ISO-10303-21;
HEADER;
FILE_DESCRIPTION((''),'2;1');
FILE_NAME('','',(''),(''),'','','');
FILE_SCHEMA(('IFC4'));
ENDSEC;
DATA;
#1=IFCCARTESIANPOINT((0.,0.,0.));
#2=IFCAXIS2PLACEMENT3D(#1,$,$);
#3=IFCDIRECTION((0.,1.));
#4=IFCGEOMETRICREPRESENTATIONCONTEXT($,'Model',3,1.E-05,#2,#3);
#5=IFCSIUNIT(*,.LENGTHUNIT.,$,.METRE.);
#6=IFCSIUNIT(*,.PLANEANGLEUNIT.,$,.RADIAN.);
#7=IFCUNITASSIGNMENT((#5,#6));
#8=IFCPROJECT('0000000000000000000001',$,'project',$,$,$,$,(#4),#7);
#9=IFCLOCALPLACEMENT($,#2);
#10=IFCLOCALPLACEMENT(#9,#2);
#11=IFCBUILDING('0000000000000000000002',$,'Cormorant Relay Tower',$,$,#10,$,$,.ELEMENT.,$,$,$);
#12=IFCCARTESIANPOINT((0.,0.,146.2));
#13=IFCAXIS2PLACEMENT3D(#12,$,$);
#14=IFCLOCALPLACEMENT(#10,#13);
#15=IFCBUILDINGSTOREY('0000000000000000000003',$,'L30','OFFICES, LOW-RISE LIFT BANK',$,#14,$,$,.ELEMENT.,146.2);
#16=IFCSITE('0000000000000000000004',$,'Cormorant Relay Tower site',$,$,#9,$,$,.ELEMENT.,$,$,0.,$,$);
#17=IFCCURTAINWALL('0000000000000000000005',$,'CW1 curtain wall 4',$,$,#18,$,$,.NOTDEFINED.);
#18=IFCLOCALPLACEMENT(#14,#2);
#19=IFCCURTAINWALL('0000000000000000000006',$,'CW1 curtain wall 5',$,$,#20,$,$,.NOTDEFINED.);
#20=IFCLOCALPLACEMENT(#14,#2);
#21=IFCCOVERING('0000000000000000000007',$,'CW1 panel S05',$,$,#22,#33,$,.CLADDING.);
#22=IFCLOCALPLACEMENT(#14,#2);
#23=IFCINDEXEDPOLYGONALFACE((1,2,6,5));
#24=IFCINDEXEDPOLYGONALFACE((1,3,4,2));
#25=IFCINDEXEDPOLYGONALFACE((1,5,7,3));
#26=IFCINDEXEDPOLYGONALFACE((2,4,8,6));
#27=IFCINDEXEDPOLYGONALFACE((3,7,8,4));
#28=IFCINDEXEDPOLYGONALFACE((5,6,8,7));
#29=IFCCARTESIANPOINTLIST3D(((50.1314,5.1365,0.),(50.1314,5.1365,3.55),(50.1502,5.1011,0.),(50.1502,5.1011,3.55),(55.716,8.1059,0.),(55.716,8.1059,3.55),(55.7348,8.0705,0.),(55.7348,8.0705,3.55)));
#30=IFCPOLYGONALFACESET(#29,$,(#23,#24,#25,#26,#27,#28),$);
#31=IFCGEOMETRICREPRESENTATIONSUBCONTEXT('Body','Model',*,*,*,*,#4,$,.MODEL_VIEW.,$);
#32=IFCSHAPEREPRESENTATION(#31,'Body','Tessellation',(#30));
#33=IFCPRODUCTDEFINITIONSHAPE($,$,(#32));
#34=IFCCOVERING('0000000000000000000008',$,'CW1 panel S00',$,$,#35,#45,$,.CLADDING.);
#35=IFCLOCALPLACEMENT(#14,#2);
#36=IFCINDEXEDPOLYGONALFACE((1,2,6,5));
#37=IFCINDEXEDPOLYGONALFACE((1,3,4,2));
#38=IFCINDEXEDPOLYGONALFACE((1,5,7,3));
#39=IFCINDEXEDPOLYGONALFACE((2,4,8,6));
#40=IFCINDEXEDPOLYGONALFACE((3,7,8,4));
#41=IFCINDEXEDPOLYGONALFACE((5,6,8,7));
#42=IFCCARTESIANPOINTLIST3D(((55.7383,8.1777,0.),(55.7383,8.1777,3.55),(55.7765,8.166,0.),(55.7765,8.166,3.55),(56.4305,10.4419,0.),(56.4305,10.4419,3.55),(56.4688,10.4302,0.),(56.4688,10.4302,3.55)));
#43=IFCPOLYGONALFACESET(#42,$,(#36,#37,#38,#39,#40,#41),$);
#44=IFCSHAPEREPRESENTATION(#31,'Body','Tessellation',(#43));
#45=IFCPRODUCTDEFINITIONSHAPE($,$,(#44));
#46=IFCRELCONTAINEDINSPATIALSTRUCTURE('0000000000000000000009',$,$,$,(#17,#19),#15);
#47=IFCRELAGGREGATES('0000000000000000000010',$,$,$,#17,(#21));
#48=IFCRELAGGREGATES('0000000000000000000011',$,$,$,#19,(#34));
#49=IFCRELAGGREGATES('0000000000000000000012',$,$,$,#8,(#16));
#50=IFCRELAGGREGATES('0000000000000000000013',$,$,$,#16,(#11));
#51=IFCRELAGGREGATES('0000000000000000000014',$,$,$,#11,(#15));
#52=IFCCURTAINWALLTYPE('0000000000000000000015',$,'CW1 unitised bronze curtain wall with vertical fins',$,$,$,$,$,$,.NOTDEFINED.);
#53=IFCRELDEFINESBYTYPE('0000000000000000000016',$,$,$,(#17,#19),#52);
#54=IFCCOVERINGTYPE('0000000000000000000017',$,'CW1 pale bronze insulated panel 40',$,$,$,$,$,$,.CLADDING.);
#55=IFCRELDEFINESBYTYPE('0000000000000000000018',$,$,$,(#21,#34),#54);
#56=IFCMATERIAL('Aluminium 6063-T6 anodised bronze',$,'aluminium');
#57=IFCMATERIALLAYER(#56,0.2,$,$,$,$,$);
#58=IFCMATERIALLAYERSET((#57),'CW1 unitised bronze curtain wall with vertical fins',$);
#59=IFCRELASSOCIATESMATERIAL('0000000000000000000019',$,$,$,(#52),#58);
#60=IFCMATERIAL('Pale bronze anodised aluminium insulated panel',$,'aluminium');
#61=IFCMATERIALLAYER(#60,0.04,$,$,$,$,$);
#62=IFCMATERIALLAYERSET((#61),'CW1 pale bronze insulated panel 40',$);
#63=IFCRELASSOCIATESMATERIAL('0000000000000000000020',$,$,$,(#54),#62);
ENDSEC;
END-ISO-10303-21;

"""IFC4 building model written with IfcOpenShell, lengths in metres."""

from ifc_helpers import new_model, si_unit, direction, frame, origin, origin_2d, place, context, subcontext, project, spatial, rectangle, extrude, material, layer, layer_set, type_object, element, aggregate, save


model = new_model("IFC4")

# Units and contexts
model_context = context("Model", 3, precision=1e-05, world=origin(), true_north=direction((0.0, 1.0)))
body_context = subcontext(model_context, "Body", "Model", "MODEL_VIEW")
ifc_project = project(units=[si_unit("LENGTHUNIT", "METRE"), si_unit("PLANEANGLEUNIT", "RADIAN")], contexts=[model_context])

# Site, building, storey
site_placement = place(None, origin())
site = spatial("IfcSite", under=ifc_project, at=site_placement, Name="Cormorant Relay Tower site", CompositionType="ELEMENT", RefElevation=0.0)
building_placement = place(site_placement, origin())
building = spatial("IfcBuilding", under=site, at=building_placement, Name="Cormorant Relay Tower", CompositionType="ELEMENT")
storey_placement = place(building_placement, frame((0.0, 0.0, 146.2)))
storey = spatial("IfcBuildingStorey", under=building, at=storey_placement, Name="L30", Description="OFFICES, LOW-RISE LIFT BANK", CompositionType="ELEMENT", Elevation=146.2)

# Shared definitions
ifc_material_1 = material(Name="Aluminium 6063-T6 anodised bronze", Category="aluminium")
ifc_layer_1 = layer(ifc_material_1, 0.2)
ifc_layer_set_1 = layer_set([ifc_layer_1], Name="CW1 unitised bronze curtain wall with vertical fins")
curtain_wall_type = type_object("IfcCurtainWallType", Name="CW1 unitised bronze curtain wall with vertical fins", PredefinedType="NOTDEFINED", material=ifc_layer_set_1)

# Curtain wall
curtain_wall_1_placement = place(storey_placement, origin())
curtain_wall_1 = element("IfcCurtainWall", 1, at=curtain_wall_1_placement, inside=storey, type_object=curtain_wall_type, Name="CW1 curtain wall 4", PredefinedType="NOTDEFINED")

# Curtain wall
curtain_wall_2_placement = place(storey_placement, origin())
curtain_wall_2 = element("IfcCurtainWall", 2, at=curtain_wall_2_placement, inside=storey, type_object=curtain_wall_type, Name="CW1 curtain wall 5", PredefinedType="NOTDEFINED")

# Coverings
ifc_material_2 = material(Name="Pale bronze anodised aluminium insulated panel", Category="aluminium")
ifc_layer_2 = layer(ifc_material_2, 0.04)
ifc_layer_set_2 = layer_set([ifc_layer_2], Name="CW1 pale bronze insulated panel 40")
covering_type = type_object("IfcCoveringType", Name="CW1 pale bronze insulated panel 40", PredefinedType="CLADDING", material=ifc_layer_set_2)
covering_1_placement = place(storey_placement, frame((52.9331, 6.6035, 0.0), z_axis=(0.0, 0.0, 1.0), x_axis=(0.882948, 0.469472, 0.0)))
covering_1 = element("IfcCovering", 3, at=covering_1_placement, type_object=covering_type, Name="CW1 panel S05", PredefinedType="CLADDING", context=body_context, shape_type="SweptSolid", body=[
    extrude(rectangle(XDim=6.325, YDim=0.04, at=origin_2d()), origin(), (0.0, 0.0, 1.0), 3.55),
])
aggregate(curtain_wall_1, [covering_1])
covering_2_placement = place(storey_placement, frame((56.1035, 9.304, 0.0), z_axis=(0.0, 0.0, 1.0), x_axis=(0.292372, 0.956305, 0.0)))
covering_2 = element("IfcCovering", 4, at=covering_2_placement, type_object=covering_type, Name="CW1 panel S00", PredefinedType="CLADDING", context=body_context, shape_type="SweptSolid", body=[
    extrude(rectangle(XDim=2.3677, YDim=0.04, at=origin_2d()), origin(), (0.0, 0.0, 1.0), 3.55),
])
aggregate(curtain_wall_2, [covering_2])

save(model, "model.ifc")
